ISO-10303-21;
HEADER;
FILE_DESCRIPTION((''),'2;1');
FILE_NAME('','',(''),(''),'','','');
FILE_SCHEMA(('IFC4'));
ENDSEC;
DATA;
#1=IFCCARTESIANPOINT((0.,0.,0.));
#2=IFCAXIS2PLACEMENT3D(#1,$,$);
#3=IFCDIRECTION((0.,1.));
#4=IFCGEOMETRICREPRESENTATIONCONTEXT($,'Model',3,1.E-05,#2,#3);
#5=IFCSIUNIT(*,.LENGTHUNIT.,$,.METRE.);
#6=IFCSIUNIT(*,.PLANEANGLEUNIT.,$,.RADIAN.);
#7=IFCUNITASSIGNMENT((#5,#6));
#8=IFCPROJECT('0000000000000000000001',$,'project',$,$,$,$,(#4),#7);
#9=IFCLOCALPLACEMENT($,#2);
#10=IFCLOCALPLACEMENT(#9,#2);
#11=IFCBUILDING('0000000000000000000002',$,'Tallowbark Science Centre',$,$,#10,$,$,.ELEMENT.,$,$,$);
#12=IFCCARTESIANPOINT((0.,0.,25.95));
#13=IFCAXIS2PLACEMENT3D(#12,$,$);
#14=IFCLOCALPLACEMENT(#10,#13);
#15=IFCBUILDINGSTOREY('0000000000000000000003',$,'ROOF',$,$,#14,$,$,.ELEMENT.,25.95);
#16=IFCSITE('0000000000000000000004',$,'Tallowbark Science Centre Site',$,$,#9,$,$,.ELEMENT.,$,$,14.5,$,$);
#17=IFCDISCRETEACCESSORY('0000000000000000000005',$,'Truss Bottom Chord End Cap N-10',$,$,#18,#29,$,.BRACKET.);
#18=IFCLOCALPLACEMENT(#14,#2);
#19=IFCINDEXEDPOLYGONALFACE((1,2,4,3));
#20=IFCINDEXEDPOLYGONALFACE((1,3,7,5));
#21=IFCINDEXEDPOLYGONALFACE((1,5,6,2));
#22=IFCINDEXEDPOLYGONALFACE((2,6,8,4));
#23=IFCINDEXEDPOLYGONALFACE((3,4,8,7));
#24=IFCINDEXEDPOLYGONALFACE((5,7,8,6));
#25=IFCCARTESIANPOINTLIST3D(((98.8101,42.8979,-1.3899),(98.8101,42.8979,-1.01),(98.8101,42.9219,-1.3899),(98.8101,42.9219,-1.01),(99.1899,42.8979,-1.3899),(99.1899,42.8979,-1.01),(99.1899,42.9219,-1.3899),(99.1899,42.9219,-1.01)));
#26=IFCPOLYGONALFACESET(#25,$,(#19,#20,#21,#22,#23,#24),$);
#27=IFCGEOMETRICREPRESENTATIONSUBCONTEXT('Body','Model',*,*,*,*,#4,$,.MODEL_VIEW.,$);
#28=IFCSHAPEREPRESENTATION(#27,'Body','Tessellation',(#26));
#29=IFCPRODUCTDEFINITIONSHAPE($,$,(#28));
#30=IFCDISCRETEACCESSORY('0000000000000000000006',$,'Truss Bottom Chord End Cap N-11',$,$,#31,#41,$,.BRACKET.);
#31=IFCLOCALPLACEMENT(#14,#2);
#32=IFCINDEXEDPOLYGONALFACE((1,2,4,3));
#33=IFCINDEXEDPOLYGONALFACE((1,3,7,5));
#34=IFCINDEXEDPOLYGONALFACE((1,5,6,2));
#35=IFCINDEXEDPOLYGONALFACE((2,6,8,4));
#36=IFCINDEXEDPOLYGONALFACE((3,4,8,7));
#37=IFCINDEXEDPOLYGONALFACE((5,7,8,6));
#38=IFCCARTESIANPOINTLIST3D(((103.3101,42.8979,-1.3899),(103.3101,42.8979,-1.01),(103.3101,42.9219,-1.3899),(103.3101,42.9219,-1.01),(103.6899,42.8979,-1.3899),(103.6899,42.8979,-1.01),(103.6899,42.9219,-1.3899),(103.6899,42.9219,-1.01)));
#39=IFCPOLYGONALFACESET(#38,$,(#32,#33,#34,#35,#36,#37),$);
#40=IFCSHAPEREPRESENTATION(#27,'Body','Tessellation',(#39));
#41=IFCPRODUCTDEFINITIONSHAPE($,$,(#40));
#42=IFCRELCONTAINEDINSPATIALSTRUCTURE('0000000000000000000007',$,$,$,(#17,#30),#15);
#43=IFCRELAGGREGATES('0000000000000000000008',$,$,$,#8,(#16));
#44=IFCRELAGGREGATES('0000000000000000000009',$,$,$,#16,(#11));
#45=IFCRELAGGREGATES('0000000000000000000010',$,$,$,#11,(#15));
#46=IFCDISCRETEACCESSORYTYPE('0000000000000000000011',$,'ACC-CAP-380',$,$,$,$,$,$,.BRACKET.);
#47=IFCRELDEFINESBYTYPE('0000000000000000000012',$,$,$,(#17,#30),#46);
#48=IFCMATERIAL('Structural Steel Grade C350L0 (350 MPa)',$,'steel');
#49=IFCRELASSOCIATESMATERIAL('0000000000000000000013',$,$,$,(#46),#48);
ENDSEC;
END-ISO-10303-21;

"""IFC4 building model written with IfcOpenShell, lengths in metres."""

from ifc_helpers import new_model, si_unit, direction, frame, origin, origin_2d, place, context, subcontext, project, spatial, rectangle, extrude, material, type_object, element, save


model = new_model("IFC4")

# Units and contexts
model_context = context("Model", 3, precision=1e-05, world=origin(), true_north=direction((0.0, 1.0)))
body_context = subcontext(model_context, "Body", "Model", "MODEL_VIEW")
ifc_project = project(units=[si_unit("LENGTHUNIT", "METRE"), si_unit("PLANEANGLEUNIT", "RADIAN")], contexts=[model_context])

# Site, building, storey
site_placement = place(None, origin())
site = spatial("IfcSite", under=ifc_project, at=site_placement, Name="Tallowbark Science Centre Site", CompositionType="ELEMENT", RefElevation=14.5)
building_placement = place(site_placement, origin())
building = spatial("IfcBuilding", under=site, at=building_placement, Name="Tallowbark Science Centre", CompositionType="ELEMENT")
storey_placement = place(building_placement, frame((0.0, 0.0, 25.95)))
storey = spatial("IfcBuildingStorey", under=building, at=storey_placement, Name="ROOF", CompositionType="ELEMENT", Elevation=25.95)

# Discrete accessories
ifc_material_1 = material(Name="Structural Steel Grade C350L0 (350 MPa)", Category="steel")
discrete_accessory_type_1 = type_object("IfcDiscreteAccessoryType", Name="ACC-CAP-380", PredefinedType="BRACKET", material=ifc_material_1)
for number, where, z_axis, x_axis, name in (
    (1, (99.0, 42.9099, -1.3899), (0.0, 0.0, 1.0), (1.0, 0.0, 0.0), "Truss Bottom Chord End Cap N-10"),
    (2, (103.5, 42.9099, -1.3899), (0.0, 0.0, 1.0), (1.0, 0.0, 0.0), "Truss Bottom Chord End Cap N-11"),
):
    element("IfcDiscreteAccessory", number, at=place(storey_placement, frame(where, z_axis=z_axis, x_axis=x_axis)), inside=storey, type_object=discrete_accessory_type_1, Name=name, PredefinedType="BRACKET", context=body_context, shape_type="SweptSolid", body=[
        extrude(rectangle(XDim=0.3799, YDim=0.0239, at=origin_2d()), origin(), (0.0, 0.0, 1.0), 0.3799),
    ])

save(model, "model.ifc")
